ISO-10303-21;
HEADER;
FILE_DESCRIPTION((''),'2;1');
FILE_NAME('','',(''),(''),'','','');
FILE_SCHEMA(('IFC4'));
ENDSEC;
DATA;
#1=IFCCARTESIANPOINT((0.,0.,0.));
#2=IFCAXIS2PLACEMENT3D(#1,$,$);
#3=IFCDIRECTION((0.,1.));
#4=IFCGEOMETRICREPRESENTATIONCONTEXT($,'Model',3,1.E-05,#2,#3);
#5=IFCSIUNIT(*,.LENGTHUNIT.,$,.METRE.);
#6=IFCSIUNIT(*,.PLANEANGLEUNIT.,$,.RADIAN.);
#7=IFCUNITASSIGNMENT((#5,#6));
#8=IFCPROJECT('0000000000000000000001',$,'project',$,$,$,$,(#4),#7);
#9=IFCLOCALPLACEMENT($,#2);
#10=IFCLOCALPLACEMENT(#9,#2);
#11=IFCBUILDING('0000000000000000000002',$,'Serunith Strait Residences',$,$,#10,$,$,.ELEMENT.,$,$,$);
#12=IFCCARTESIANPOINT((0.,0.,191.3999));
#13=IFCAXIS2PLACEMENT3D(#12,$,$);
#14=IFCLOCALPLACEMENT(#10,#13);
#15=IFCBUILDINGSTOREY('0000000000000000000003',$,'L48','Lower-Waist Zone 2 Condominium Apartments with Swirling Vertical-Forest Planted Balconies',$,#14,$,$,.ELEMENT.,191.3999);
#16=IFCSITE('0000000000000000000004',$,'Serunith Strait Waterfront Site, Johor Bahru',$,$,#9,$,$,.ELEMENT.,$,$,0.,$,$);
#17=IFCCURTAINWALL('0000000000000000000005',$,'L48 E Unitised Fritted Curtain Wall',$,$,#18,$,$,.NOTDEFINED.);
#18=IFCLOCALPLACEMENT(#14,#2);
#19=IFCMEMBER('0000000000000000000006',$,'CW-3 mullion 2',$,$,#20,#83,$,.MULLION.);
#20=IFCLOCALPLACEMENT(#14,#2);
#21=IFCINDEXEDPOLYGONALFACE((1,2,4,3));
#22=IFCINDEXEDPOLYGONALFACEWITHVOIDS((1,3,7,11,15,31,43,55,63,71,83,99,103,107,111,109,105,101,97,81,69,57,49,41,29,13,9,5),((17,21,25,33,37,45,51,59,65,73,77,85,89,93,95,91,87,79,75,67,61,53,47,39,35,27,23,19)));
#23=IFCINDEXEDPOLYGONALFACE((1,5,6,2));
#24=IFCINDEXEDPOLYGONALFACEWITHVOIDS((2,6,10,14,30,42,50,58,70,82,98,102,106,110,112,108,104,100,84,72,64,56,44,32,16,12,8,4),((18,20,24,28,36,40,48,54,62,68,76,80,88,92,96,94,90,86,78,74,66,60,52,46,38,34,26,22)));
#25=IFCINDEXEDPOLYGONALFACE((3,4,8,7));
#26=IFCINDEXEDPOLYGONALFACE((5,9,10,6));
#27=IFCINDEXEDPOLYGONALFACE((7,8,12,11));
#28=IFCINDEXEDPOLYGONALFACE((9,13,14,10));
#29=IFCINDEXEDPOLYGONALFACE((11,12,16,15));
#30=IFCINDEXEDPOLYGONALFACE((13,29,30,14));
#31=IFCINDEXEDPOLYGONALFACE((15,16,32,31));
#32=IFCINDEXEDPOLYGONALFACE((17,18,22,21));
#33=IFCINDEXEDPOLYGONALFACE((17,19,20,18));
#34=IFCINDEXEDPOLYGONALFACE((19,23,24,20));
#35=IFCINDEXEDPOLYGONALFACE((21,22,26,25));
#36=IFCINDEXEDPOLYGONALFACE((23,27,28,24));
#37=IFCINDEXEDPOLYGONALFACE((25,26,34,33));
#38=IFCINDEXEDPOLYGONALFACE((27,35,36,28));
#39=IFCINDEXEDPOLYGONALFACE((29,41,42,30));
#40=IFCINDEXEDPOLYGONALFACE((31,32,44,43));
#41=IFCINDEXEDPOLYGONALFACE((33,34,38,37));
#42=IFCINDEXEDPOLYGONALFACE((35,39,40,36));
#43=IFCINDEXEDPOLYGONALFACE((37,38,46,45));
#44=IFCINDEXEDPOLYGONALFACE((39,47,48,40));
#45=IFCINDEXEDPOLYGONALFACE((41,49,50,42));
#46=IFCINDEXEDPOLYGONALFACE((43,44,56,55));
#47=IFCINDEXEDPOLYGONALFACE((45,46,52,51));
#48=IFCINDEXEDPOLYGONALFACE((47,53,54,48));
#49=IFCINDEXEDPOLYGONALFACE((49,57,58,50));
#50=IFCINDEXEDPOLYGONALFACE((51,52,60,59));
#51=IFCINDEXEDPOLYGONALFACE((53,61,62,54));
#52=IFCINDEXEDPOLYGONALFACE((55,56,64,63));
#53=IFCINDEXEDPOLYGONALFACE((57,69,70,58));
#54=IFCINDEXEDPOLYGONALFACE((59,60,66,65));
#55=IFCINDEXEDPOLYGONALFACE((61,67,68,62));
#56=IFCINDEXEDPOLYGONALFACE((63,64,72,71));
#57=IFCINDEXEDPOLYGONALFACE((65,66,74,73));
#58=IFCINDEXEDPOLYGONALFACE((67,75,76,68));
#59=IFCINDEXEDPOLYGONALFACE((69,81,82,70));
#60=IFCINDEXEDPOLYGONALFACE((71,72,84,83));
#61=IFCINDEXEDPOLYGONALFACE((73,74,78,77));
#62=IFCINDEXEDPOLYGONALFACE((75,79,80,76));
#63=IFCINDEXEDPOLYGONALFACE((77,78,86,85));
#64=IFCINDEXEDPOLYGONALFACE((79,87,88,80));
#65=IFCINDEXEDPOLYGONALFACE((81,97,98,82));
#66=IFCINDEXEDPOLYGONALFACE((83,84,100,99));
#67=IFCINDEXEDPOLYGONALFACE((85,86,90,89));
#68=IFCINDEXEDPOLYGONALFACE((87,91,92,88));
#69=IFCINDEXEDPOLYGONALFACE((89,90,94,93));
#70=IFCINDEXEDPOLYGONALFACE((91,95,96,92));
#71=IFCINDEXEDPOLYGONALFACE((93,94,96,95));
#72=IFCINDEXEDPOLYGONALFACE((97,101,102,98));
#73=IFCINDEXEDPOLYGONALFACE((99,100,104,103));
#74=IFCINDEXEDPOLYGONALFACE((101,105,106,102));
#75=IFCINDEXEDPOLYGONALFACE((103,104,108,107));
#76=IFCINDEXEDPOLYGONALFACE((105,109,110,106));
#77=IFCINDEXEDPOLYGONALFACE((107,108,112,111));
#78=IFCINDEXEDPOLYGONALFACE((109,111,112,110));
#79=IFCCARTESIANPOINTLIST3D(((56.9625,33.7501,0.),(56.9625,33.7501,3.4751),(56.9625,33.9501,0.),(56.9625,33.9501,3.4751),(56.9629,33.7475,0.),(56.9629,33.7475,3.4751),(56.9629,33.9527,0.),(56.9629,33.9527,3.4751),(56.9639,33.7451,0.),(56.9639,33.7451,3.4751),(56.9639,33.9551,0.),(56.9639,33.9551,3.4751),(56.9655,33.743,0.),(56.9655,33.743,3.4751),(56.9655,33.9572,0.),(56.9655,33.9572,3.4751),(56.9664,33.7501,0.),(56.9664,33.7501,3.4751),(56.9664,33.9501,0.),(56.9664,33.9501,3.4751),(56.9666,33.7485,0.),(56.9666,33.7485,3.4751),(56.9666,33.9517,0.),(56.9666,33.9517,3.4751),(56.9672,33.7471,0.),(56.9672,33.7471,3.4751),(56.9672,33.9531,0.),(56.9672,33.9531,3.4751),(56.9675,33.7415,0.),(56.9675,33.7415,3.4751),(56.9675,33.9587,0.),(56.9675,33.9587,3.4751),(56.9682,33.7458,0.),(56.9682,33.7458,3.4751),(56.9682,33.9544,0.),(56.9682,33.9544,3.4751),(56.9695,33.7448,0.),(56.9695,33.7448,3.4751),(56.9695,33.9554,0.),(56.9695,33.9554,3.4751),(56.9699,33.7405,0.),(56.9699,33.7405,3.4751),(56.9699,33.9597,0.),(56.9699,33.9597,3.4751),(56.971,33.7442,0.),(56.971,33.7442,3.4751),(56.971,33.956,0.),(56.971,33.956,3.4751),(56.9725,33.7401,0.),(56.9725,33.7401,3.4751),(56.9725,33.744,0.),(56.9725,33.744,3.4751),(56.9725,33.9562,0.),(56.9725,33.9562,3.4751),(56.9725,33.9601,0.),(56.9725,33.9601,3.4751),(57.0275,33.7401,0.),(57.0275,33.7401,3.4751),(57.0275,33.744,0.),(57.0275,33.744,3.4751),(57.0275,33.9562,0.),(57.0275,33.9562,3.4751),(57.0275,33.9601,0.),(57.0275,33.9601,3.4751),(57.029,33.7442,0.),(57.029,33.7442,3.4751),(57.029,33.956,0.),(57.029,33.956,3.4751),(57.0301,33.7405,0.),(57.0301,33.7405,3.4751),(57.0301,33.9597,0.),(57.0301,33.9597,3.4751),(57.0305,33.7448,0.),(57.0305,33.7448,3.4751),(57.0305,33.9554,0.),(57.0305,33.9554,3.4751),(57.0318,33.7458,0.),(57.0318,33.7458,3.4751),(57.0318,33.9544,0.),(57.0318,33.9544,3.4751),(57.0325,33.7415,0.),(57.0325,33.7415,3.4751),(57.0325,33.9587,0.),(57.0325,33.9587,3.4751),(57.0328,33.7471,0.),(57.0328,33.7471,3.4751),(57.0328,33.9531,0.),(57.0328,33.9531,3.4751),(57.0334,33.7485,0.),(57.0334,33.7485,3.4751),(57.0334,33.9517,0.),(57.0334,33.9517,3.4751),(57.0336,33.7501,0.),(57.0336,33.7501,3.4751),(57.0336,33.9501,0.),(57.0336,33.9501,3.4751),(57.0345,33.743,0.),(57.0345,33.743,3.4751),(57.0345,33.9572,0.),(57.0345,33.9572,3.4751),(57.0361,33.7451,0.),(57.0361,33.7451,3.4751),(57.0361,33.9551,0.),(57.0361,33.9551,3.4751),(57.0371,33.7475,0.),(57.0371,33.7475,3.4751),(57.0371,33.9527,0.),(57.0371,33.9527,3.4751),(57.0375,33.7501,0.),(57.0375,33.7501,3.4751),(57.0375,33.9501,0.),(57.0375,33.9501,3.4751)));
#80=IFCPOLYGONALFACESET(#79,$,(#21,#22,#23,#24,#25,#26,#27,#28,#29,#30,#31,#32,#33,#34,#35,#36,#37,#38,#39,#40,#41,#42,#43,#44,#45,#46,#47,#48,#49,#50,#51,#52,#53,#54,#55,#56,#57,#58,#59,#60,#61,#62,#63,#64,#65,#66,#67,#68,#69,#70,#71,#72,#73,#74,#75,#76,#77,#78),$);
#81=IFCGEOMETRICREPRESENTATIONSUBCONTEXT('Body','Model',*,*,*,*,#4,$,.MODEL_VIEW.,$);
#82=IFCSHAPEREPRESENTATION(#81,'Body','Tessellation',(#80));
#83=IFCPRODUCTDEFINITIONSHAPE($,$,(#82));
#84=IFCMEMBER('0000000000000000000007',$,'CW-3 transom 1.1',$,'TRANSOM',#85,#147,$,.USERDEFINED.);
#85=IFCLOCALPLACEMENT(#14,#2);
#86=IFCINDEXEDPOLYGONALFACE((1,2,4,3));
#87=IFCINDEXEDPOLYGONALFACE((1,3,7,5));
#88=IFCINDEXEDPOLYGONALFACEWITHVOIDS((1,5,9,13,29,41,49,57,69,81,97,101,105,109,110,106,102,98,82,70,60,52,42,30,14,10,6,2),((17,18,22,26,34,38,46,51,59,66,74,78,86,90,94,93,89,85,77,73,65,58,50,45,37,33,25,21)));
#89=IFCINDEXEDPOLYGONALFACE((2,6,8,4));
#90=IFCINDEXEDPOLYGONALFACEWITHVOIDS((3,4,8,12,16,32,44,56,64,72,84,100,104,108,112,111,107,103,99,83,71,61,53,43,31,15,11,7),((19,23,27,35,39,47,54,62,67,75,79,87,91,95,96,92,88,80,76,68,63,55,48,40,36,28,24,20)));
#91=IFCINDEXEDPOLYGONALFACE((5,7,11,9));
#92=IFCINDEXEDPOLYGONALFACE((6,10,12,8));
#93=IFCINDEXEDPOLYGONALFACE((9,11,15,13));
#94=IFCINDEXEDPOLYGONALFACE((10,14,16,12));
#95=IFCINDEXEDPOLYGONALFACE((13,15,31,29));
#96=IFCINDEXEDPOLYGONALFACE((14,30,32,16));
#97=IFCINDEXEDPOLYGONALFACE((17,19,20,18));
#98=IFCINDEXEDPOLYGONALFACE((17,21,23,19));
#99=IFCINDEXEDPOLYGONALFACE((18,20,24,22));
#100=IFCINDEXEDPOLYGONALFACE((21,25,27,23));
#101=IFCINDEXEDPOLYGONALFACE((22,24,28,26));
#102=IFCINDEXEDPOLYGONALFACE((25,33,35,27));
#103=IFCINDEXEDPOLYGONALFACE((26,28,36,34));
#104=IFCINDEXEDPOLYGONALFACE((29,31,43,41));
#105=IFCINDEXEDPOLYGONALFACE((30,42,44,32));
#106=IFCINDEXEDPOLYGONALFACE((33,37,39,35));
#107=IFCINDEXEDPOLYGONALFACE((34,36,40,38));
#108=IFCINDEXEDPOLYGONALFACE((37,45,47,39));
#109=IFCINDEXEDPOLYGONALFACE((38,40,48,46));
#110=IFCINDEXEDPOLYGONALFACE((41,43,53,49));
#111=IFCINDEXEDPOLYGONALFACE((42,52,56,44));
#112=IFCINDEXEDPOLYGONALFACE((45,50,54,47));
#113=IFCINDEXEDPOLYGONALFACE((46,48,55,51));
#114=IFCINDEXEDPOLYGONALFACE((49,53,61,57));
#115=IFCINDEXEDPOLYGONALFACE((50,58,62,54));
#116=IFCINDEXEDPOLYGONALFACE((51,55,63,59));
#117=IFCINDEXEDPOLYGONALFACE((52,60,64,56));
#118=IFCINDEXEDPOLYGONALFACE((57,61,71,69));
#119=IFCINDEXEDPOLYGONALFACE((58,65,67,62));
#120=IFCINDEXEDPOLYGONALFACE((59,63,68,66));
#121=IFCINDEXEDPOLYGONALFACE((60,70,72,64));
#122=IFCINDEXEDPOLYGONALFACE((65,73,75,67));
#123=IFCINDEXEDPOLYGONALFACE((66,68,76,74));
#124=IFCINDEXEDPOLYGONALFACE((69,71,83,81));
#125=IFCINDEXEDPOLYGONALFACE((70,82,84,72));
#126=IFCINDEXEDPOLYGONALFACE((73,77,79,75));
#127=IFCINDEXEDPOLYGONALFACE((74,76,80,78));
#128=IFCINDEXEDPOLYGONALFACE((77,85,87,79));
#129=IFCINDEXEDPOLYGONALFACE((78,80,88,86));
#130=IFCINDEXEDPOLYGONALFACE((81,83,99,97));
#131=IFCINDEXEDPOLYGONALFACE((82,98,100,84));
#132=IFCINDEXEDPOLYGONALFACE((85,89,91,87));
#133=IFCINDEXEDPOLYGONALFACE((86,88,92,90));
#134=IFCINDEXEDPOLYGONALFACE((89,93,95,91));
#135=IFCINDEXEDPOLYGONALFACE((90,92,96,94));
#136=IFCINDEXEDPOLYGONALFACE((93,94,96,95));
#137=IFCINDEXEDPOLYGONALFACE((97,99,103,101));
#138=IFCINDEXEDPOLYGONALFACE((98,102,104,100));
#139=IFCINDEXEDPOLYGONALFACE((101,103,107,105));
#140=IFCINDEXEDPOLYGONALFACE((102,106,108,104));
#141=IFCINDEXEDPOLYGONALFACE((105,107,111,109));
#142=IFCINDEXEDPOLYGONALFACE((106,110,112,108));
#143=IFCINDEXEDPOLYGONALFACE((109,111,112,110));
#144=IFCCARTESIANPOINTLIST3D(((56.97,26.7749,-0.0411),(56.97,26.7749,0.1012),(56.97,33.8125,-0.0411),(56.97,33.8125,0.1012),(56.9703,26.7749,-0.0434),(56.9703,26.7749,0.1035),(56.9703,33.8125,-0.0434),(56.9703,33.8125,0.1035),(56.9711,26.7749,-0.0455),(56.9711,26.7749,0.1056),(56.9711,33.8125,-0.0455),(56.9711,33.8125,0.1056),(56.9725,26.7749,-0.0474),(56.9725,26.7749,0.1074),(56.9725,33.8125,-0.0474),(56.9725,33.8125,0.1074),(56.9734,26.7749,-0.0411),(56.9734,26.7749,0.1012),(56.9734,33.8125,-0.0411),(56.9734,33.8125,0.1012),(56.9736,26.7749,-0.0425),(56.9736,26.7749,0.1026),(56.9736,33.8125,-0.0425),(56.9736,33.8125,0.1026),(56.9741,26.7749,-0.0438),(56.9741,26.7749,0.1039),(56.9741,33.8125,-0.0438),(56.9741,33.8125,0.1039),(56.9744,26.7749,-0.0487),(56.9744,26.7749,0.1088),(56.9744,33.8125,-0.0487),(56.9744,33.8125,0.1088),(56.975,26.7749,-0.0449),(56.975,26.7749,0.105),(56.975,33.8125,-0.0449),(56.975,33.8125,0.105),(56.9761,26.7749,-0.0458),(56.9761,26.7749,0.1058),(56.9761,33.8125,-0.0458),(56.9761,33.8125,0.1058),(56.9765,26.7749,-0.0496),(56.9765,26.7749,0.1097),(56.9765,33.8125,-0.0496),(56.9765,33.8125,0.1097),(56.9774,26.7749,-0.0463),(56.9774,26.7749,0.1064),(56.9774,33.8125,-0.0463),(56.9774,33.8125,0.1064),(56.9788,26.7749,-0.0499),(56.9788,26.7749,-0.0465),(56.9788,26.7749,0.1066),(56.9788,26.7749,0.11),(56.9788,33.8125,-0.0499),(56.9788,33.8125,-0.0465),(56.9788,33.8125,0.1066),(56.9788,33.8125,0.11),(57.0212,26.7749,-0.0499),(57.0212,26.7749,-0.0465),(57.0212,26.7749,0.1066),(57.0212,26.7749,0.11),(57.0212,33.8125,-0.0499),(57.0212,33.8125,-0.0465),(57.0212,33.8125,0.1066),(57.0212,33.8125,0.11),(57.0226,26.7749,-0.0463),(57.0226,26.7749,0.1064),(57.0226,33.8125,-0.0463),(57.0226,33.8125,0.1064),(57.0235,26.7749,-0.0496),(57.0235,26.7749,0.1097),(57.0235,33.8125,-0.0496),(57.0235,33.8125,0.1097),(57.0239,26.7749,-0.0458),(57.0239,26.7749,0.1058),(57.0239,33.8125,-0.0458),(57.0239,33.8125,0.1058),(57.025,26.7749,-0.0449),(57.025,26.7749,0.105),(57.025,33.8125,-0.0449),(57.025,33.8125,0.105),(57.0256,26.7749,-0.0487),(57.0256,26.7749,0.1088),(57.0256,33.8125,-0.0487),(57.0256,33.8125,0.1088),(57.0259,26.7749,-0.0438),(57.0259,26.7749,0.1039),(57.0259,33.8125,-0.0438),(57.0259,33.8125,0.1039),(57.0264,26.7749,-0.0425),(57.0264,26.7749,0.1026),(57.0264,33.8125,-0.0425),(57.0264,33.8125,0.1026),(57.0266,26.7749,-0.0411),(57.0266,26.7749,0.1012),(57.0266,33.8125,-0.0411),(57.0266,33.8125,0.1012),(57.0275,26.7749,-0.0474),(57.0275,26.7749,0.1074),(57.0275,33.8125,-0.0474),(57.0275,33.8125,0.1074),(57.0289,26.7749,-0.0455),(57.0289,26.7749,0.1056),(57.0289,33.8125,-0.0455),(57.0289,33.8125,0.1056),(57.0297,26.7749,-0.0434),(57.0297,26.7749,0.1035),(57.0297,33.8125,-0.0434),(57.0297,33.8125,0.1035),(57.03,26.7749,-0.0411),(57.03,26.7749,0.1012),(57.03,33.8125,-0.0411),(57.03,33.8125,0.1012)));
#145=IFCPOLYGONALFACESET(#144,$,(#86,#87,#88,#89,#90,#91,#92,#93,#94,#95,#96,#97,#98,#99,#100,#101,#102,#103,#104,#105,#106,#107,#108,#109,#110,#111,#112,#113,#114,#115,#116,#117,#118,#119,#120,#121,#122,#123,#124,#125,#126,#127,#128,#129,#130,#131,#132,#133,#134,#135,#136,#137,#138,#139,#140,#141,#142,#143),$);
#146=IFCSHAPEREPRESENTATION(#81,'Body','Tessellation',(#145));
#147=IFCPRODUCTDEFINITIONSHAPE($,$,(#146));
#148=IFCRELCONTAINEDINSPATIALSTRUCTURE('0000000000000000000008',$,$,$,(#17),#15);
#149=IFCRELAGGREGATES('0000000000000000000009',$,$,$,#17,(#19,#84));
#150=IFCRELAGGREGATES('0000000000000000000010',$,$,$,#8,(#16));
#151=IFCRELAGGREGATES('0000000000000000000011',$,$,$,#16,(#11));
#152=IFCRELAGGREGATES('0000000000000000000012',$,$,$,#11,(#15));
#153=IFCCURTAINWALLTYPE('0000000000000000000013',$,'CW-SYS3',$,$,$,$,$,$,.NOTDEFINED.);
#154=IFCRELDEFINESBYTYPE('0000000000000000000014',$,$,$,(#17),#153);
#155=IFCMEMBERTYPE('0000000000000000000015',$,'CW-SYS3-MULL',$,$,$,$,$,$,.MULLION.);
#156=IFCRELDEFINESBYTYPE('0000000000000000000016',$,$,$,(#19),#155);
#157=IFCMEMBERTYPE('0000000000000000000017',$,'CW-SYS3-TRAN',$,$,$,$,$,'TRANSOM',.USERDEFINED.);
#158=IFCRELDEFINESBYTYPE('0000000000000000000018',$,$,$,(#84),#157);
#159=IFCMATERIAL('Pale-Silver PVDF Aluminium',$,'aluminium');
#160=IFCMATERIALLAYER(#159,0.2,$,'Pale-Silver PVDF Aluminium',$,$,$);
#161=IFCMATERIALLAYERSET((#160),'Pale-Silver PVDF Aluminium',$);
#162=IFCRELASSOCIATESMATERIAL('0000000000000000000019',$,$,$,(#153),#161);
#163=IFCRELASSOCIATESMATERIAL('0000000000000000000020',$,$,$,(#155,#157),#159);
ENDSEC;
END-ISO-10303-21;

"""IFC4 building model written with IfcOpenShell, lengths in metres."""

from ifc_helpers import new_model, si_unit, direction, frame, origin, origin_2d, place, context, subcontext, project, spatial, hollow_rectangle, extrude, source, transform, mapped, material, layer, layer_set, material_profile, profile_set, type_object, element, aggregate, save


model = new_model("IFC4")

# Units and contexts
model_context = context("Model", 3, precision=1e-05, world=origin(), true_north=direction((0.0, 1.0)))
body_context = subcontext(model_context, "Body", "Model", "MODEL_VIEW")
ifc_project = project(units=[si_unit("LENGTHUNIT", "METRE"), si_unit("PLANEANGLEUNIT", "RADIAN")], contexts=[model_context])

# Site, building, storey
site_placement = place(None, origin())
site = spatial("IfcSite", under=ifc_project, at=site_placement, Name="Serunith Strait Waterfront Site, Johor Bahru", CompositionType="ELEMENT", RefElevation=0.0)
building_placement = place(site_placement, origin())
building = spatial("IfcBuilding", under=site, at=building_placement, Name="Serunith Strait Residences", CompositionType="ELEMENT")
storey_placement = place(building_placement, frame((0.0, 0.0, 191.3999)))
storey = spatial("IfcBuildingStorey", under=building, at=storey_placement, Name="L48", Description="Lower-Waist Zone 2 Condominium Apartments with Swirling Vertical-Forest Planted Balconies", CompositionType="ELEMENT", Elevation=191.3999)

# Shared definitions
ifc_material_1 = material(Name="Pale-Silver PVDF Aluminium", Category="aluminium")
ifc_layer_1 = layer(ifc_material_1, 0.2, Name="Pale-Silver PVDF Aluminium")
ifc_layer_set_1 = layer_set([ifc_layer_1], Name="Pale-Silver PVDF Aluminium")
curtain_wall_type = type_object("IfcCurtainWallType", Name="CW-SYS3", PredefinedType="NOTDEFINED", material=ifc_layer_set_1)
ifc_material_profile_1 = material_profile(ifc_material_1, hollow_rectangle(XDim=0.075, YDim=0.22, WallThickness=0.0039, InnerFilletRadius=0.0061, OuterFilletRadius=0.01, at=origin_2d()), Name="ALU 220x75x4")
ifc_profile_set_1 = profile_set([ifc_material_profile_1], Name="Pale-Silver PVDF Aluminium")
member_type_1 = type_object("IfcMemberType", Name="CW-SYS3-MULL", PredefinedType="MULLION", material=ifc_profile_set_1)
shared_shape_1 = source(origin(), body_context, "Body", "SweptSolid", [
    extrude(hollow_rectangle(XDim=0.075, YDim=0.22, WallThickness=0.0039, InnerFilletRadius=0.0061, OuterFilletRadius=0.01, at=origin_2d()), origin(), (0.0, 0.0, 1.0), 3.4751),
])

# Curtain wall, members
curtain_wall_1_placement = place(storey_placement, origin())
curtain_wall_1 = element("IfcCurtainWall", 1, at=curtain_wall_1_placement, inside=storey, type_object=curtain_wall_type, Name="L48 E Unitised Fritted Curtain Wall", PredefinedType="NOTDEFINED")
member_1_placement = place(storey_placement, frame((57.0, 33.8501, 0.0), z_axis=(0.0, 0.0, 1.0), x_axis=(-1.0, 0.0, 0.0)))
member_1 = element("IfcMember", 2, at=member_1_placement, type_object=member_type_1, Name="CW-3 mullion 2", PredefinedType="MULLION", context=body_context, shape_type="MappedRepresentation", body=[
    mapped(shared_shape_1, transform((0.0, 0.0, 0.0), scale=1.0)),
])
ifc_material_profile_2 = material_profile(ifc_material_1, hollow_rectangle(XDim=0.0601, YDim=0.1599, WallThickness=0.0034, InnerFilletRadius=0.0054, OuterFilletRadius=0.0088, at=origin_2d()), Name="ALU 160x60x3.5")
ifc_profile_set_2 = profile_set([ifc_material_profile_2], Name="Pale-Silver PVDF Aluminium")
member_type_2 = type_object("IfcMemberType", Name="CW-SYS3-TRAN", ElementType="TRANSOM", PredefinedType="USERDEFINED", material=ifc_profile_set_2)
shared_shape_2 = source(origin(), body_context, "Body", "SweptSolid", [
    extrude(hollow_rectangle(XDim=0.0601, YDim=0.1599, WallThickness=0.0034, InnerFilletRadius=0.0054, OuterFilletRadius=0.0088, at=origin_2d()), origin(), (0.0, 0.0, 1.0), 7.0376),
])
member_2_placement = place(storey_placement, frame((57.0, 26.7749, 0.03), z_axis=(0.0, 1.0, 0.0), x_axis=(-1.0, 0.0, 0.0)))
member_2 = element("IfcMember", 3, at=member_2_placement, type_object=member_type_2, Name="CW-3 transom 1.1", ObjectType="TRANSOM", PredefinedType="USERDEFINED", context=body_context, shape_type="MappedRepresentation", body=[
    mapped(shared_shape_2, transform((0.0, 0.0, 0.0), scale=1.0)),
])
aggregate(curtain_wall_1, [member_1, member_2])

save(model, "model.ifc")
